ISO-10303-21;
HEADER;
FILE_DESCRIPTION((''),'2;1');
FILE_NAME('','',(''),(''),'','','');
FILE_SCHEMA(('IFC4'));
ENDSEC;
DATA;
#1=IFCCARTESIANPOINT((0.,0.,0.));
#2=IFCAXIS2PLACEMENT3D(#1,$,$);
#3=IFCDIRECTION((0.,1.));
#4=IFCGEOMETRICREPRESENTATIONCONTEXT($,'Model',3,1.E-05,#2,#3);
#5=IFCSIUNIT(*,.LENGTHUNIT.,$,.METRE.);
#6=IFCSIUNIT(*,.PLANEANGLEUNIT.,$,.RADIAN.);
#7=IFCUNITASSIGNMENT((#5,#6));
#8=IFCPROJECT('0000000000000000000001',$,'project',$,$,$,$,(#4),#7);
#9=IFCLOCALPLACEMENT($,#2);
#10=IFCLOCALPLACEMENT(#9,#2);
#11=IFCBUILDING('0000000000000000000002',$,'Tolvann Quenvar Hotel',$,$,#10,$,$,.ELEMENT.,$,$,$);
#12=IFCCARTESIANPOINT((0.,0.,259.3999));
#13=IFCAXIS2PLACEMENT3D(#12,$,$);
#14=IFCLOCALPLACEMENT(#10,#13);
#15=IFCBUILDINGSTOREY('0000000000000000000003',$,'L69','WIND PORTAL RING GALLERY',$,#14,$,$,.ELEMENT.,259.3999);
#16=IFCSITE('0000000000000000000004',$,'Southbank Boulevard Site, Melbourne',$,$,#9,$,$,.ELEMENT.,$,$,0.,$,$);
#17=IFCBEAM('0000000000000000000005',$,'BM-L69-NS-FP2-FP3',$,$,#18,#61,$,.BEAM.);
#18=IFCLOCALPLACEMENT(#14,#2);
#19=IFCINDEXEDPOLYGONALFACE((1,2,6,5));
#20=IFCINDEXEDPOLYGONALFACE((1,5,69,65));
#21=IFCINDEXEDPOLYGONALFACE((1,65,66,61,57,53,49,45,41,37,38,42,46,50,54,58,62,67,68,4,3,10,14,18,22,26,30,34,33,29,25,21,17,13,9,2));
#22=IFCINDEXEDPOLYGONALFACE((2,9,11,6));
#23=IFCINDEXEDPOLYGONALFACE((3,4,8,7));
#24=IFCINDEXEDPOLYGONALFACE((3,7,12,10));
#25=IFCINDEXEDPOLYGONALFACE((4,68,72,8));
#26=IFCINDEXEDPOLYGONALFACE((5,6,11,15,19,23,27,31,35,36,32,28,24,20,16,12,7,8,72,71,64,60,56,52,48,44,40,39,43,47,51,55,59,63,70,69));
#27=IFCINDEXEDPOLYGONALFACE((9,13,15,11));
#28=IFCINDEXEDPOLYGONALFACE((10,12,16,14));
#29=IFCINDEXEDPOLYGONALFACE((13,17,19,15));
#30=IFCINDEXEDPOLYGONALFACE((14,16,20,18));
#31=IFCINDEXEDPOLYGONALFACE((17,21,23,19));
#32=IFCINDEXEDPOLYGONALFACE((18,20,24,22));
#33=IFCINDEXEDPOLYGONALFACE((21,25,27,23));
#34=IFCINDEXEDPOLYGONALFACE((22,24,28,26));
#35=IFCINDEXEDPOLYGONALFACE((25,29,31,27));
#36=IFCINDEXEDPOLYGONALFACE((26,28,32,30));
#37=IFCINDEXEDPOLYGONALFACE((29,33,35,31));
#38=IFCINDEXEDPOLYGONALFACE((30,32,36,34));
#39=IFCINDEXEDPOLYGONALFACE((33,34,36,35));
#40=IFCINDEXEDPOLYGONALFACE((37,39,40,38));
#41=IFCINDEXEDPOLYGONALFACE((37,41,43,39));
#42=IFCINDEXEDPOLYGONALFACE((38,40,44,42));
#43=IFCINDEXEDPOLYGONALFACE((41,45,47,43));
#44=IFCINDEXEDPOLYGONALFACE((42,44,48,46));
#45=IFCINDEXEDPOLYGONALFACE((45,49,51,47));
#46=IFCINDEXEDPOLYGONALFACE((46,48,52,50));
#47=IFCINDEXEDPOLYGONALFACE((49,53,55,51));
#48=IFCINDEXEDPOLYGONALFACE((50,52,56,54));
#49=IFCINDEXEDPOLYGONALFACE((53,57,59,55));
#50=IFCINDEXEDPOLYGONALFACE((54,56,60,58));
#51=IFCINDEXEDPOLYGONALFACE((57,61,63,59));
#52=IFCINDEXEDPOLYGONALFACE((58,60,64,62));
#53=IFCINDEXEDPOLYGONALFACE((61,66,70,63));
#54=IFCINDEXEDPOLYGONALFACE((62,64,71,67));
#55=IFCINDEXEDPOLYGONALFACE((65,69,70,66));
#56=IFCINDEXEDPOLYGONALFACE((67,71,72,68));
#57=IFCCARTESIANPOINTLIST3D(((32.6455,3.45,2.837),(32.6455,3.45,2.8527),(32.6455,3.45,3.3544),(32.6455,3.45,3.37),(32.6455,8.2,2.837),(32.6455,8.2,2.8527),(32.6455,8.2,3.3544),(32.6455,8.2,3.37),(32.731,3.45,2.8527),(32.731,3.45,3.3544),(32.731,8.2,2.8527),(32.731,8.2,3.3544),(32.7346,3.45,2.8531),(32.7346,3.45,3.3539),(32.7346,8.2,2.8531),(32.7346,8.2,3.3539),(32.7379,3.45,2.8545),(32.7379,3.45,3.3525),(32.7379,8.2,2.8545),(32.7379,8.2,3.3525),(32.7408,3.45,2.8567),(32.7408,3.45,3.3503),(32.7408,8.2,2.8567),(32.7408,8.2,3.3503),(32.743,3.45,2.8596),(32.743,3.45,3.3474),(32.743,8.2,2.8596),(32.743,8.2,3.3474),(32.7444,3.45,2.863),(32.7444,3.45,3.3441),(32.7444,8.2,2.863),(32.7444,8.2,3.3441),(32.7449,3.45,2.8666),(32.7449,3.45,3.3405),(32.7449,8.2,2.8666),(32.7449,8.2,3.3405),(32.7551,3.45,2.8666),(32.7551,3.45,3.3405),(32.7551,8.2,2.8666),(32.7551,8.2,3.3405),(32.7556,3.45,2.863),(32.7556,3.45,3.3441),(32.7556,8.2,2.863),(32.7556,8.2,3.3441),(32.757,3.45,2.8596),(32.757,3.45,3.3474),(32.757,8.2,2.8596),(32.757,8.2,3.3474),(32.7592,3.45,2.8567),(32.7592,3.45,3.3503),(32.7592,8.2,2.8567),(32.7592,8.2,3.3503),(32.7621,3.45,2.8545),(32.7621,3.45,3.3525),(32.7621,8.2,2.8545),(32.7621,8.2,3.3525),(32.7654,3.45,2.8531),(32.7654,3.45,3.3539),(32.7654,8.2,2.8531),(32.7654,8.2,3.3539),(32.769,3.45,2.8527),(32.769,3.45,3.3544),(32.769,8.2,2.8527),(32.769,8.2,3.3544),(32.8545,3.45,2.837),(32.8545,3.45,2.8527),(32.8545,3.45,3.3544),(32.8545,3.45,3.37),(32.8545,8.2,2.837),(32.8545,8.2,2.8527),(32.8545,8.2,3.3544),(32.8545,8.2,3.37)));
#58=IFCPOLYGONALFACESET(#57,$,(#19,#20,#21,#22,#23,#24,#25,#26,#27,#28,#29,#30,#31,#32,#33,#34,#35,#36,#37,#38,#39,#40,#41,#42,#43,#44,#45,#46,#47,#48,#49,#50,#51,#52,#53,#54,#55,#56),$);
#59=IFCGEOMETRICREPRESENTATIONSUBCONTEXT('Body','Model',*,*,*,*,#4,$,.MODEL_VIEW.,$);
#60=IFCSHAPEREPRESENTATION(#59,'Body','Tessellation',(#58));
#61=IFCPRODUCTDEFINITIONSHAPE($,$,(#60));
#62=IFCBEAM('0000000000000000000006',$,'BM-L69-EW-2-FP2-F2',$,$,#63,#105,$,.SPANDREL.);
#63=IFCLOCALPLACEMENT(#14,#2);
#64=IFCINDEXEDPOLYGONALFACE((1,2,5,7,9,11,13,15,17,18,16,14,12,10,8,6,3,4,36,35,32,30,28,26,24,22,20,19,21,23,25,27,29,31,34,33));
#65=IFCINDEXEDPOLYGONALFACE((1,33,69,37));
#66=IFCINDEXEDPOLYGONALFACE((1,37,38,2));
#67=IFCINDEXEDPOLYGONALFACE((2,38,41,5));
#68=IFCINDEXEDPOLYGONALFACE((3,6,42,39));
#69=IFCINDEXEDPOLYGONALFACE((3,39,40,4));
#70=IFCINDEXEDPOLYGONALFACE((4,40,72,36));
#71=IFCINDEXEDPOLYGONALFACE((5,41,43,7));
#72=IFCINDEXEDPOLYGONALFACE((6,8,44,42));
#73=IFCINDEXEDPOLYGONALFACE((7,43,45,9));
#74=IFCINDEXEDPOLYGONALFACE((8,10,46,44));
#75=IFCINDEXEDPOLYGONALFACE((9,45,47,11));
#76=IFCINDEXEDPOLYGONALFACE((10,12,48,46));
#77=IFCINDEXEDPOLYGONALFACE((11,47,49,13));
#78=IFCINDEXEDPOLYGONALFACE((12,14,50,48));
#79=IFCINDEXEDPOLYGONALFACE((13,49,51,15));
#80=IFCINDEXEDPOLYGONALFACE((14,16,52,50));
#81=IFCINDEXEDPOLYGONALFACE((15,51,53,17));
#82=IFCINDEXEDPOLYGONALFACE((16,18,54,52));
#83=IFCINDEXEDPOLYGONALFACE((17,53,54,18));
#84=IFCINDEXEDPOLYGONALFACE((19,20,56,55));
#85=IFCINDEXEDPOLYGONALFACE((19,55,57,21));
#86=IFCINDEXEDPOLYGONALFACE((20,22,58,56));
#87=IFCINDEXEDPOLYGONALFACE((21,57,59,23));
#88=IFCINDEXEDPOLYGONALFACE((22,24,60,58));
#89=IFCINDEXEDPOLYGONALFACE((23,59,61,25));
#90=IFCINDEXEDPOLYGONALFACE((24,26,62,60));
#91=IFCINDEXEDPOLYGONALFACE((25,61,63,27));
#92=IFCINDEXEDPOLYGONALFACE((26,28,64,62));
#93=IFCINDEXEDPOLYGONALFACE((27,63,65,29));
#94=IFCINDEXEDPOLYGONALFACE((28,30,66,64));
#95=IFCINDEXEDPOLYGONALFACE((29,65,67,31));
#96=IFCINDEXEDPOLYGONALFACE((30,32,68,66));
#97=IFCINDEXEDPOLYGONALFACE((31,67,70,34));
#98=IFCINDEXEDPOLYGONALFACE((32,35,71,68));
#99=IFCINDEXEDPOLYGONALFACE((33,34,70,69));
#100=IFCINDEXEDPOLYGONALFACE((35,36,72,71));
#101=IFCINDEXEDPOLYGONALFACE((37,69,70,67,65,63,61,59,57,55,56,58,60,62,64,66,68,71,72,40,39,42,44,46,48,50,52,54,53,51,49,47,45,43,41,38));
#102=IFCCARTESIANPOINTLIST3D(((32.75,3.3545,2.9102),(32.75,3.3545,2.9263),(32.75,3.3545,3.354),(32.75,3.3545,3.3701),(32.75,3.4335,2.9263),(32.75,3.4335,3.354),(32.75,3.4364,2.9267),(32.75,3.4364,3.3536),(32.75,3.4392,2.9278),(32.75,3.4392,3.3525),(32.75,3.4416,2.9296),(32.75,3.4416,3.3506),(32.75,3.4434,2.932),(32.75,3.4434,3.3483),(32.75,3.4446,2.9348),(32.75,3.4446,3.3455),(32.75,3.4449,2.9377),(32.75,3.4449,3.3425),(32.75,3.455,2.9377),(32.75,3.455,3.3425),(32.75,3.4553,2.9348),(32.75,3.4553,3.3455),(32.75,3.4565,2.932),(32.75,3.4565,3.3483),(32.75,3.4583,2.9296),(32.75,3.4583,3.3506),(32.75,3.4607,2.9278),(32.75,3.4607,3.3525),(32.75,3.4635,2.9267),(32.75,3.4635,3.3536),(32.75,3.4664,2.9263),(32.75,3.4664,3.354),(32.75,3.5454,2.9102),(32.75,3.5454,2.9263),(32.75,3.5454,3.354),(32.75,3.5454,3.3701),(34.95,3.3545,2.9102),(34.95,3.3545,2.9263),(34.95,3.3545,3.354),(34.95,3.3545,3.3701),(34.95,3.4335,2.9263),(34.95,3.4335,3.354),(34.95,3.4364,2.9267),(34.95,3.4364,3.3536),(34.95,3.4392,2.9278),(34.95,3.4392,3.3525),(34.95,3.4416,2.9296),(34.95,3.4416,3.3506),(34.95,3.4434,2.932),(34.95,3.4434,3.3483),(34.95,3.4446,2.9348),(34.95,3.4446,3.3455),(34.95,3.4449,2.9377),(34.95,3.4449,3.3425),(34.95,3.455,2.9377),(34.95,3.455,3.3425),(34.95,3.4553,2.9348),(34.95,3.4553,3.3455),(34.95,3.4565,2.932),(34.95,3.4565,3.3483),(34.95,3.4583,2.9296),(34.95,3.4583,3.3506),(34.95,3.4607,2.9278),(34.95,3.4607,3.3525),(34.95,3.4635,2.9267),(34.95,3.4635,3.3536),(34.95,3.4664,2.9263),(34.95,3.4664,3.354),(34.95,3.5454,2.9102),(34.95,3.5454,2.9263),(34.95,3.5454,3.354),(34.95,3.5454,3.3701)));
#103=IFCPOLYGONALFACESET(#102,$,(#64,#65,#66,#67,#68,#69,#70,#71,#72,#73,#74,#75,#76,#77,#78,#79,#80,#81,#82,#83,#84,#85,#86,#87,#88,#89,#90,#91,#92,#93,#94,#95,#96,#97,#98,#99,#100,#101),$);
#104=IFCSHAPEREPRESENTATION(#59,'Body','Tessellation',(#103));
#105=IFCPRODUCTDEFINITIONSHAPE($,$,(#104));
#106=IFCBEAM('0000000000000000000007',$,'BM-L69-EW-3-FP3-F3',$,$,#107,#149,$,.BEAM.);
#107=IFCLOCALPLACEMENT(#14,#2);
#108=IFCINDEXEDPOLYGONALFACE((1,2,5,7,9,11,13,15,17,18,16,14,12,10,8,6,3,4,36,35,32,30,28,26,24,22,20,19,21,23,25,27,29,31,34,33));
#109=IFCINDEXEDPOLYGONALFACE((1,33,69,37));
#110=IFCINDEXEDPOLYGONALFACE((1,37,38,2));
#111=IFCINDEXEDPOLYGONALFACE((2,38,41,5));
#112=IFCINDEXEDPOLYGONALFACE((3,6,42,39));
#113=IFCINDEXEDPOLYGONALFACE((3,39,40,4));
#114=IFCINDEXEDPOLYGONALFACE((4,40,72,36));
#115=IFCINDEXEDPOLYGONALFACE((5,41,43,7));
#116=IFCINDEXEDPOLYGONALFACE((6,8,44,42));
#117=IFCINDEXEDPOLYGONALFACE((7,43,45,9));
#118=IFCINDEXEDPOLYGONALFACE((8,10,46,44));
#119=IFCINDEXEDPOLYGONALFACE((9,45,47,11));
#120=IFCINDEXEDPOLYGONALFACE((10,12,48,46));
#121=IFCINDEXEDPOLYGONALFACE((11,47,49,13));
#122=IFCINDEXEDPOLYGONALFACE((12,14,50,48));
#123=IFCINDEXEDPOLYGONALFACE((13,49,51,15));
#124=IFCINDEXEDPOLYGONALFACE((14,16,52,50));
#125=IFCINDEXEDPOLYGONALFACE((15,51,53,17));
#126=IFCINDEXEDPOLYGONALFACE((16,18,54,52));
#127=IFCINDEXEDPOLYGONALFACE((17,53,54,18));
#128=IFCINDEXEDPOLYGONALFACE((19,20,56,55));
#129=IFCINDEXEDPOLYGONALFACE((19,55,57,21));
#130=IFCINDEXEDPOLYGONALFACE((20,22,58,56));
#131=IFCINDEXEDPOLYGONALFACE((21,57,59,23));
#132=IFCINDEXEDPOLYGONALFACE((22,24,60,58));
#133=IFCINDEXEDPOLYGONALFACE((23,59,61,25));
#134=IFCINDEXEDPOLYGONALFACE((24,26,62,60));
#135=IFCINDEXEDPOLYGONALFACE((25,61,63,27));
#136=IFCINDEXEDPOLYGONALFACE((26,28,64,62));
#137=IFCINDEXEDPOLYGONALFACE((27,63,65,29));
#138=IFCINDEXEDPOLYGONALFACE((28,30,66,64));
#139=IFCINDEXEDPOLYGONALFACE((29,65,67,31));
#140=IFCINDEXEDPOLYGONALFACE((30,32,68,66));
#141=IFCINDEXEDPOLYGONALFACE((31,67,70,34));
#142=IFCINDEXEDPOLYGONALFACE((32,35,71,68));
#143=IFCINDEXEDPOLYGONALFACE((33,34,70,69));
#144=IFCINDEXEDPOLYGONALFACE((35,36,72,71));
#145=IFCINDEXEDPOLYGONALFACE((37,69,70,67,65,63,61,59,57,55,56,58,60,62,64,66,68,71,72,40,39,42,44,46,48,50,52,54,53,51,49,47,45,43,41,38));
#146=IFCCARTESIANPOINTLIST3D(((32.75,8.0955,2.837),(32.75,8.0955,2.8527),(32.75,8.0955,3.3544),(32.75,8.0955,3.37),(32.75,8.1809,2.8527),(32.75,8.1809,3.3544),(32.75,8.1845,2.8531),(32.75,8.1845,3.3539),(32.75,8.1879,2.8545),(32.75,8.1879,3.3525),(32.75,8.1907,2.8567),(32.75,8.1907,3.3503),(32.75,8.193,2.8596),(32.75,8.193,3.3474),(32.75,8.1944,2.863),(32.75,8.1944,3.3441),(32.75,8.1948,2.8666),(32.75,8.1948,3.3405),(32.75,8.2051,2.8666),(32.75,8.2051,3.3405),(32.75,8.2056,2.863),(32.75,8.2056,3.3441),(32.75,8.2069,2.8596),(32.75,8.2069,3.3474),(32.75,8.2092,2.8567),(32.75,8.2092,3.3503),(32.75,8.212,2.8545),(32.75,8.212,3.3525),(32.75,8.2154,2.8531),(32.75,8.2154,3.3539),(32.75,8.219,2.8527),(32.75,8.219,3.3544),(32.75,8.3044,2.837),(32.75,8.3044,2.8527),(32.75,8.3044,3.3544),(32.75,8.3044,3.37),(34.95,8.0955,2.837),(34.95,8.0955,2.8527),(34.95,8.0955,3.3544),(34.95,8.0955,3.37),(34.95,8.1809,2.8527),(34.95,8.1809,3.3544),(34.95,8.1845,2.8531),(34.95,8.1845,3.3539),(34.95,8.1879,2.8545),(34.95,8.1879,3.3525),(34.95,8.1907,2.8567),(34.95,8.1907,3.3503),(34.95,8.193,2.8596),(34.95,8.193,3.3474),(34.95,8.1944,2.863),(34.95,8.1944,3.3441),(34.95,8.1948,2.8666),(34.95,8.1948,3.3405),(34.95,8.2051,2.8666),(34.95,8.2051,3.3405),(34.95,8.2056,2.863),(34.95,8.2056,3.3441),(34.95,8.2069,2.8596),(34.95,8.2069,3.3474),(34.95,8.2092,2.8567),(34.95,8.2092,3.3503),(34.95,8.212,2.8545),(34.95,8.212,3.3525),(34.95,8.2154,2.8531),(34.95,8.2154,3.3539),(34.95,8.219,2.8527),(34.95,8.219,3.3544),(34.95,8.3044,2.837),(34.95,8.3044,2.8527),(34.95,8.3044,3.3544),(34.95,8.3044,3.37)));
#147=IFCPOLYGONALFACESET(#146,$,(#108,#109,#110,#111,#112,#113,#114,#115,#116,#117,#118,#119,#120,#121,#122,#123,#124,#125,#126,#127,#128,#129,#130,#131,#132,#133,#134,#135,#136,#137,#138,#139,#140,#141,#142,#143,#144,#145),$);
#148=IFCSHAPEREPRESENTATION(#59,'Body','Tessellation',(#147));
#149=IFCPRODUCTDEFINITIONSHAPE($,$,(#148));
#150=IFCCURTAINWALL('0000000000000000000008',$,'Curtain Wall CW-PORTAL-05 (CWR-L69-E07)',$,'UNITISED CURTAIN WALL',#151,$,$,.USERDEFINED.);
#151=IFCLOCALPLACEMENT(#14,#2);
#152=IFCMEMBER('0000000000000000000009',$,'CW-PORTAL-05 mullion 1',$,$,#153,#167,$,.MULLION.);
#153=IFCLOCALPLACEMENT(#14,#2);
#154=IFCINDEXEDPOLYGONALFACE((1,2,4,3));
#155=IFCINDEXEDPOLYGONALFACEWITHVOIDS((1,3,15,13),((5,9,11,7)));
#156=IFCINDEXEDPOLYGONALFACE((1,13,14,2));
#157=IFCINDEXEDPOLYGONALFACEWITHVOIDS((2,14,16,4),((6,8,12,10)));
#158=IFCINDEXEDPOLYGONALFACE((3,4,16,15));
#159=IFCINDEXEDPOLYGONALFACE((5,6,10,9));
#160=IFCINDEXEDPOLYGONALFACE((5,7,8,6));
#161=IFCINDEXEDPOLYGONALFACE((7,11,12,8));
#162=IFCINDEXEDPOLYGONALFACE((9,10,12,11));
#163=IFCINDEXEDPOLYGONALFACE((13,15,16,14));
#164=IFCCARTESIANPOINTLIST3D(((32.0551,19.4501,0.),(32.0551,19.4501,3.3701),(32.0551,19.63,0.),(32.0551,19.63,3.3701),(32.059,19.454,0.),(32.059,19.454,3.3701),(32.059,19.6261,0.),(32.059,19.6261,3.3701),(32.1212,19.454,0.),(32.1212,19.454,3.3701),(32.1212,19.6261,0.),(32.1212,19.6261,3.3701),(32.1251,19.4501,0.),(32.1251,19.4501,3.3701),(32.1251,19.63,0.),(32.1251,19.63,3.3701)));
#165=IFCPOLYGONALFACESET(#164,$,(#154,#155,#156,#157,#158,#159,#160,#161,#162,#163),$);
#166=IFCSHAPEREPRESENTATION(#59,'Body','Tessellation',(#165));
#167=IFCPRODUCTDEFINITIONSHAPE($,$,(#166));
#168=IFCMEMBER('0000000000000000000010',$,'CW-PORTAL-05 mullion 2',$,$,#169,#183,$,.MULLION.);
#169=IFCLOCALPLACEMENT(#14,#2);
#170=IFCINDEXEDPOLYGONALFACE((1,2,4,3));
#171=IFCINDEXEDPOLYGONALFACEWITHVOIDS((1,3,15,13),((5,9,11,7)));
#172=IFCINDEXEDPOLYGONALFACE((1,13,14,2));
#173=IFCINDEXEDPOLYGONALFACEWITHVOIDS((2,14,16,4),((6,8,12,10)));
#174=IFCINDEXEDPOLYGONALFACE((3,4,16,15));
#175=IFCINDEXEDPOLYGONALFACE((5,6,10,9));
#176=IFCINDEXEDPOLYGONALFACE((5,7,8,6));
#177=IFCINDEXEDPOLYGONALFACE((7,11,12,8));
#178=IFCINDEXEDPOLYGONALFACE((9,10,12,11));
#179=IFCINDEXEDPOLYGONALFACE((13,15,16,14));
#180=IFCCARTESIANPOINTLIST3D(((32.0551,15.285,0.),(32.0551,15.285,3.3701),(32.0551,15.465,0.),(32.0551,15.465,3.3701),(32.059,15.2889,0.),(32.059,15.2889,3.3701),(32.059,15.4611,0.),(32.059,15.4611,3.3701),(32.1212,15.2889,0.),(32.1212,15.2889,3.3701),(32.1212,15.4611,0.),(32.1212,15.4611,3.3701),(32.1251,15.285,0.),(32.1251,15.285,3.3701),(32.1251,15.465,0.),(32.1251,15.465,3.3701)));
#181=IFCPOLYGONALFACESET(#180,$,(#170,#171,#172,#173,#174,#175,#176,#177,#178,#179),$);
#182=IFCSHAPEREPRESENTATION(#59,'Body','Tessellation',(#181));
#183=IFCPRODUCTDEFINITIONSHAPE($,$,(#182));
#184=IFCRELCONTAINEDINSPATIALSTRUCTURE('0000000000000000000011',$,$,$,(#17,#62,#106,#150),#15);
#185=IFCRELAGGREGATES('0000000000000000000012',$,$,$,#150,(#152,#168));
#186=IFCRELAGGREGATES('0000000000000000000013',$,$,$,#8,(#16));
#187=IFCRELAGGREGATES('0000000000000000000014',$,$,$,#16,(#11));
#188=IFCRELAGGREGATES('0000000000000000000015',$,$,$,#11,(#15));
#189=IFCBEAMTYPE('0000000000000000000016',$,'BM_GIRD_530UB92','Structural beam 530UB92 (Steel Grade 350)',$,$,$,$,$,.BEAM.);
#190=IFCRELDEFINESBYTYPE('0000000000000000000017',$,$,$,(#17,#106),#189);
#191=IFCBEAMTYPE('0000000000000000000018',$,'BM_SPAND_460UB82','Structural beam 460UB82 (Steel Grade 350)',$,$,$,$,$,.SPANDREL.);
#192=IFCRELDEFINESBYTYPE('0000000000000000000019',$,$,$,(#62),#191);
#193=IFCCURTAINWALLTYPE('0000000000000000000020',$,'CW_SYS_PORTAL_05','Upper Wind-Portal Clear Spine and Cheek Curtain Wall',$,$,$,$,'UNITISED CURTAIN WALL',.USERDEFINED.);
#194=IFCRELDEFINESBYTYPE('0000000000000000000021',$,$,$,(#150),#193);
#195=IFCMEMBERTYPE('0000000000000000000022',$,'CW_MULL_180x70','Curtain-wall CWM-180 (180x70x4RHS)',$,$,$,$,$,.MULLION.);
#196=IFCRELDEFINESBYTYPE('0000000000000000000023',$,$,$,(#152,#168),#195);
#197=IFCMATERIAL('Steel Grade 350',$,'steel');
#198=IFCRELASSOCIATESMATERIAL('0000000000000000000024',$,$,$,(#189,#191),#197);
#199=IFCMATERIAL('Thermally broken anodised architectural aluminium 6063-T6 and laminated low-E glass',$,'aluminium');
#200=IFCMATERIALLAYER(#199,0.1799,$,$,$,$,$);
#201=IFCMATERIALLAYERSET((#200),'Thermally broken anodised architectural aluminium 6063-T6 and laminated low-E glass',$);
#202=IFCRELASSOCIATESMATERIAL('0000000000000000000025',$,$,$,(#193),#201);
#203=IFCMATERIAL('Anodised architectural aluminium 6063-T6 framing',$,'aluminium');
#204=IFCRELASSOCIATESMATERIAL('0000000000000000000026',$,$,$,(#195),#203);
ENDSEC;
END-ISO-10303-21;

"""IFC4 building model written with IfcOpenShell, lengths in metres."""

from ifc_helpers import new_model, si_unit, direction, frame, origin, origin_2d, place, context, subcontext, project, spatial, hollow_rectangle, i_section, extrude, source, transform, mapped, material, layer, layer_set, material_profile, profile_set, type_object, type_shapes, element, aggregate, save


model = new_model("IFC4")

# Units and contexts
model_context = context("Model", 3, precision=1e-05, world=origin(), true_north=direction((0.0, 1.0)))
body_context = subcontext(model_context, "Body", "Model", "MODEL_VIEW")
ifc_project = project(units=[si_unit("LENGTHUNIT", "METRE"), si_unit("PLANEANGLEUNIT", "RADIAN")], contexts=[model_context])

# Site, building, storey
site_placement = place(None, origin())
site = spatial("IfcSite", under=ifc_project, at=site_placement, Name="Southbank Boulevard Site, Melbourne", CompositionType="ELEMENT", RefElevation=0.0)
building_placement = place(site_placement, origin())
building = spatial("IfcBuilding", under=site, at=building_placement, Name="Tolvann Quenvar Hotel", CompositionType="ELEMENT")
storey_placement = place(building_placement, frame((0.0, 0.0, 259.3999)))
storey = spatial("IfcBuildingStorey", under=building, at=storey_placement, Name="L69", Description="WIND PORTAL RING GALLERY", CompositionType="ELEMENT", Elevation=259.3999)

# Shared definitions
ifc_material_1 = material(Name="Steel Grade 350", Category="steel")

# Beams
ifc_material_profile_1 = material_profile(ifc_material_1, i_section(OverallWidth=0.209, OverallDepth=0.533, WebThickness=0.0103, FlangeThickness=0.0156, FilletRadius=0.0139, at=origin_2d()), Name="530UB92")
ifc_profile_set_1 = profile_set([ifc_material_profile_1], Name="Steel Grade 350")
beam_type_1 = type_object("IfcBeamType", Name="BM_GIRD_530UB92", Description="Structural beam 530UB92 (Steel Grade 350)", PredefinedType="BEAM", material=ifc_profile_set_1)
shared_shape_1 = source(origin(), body_context, "Body", "SweptSolid", [
    extrude(i_section(OverallWidth=0.209, OverallDepth=0.533, WebThickness=0.0103, FlangeThickness=0.0156, FilletRadius=0.0139, at=origin_2d()), origin(), (0.0, 0.0, 1.0), 4.75),
])
beam_1_placement = place(storey_placement, frame((32.75, 3.45, 3.1035), z_axis=(0.0, 1.0, 0.0), x_axis=(-1.0, 0.0, 0.0)))
element("IfcBeam", 1, at=beam_1_placement, inside=storey, type_object=beam_type_1, Name="BM-L69-NS-FP2-FP3", PredefinedType="BEAM", context=body_context, shape_type="MappedRepresentation", body=[
    mapped(shared_shape_1, transform((0.0, 0.0, 0.0), x_axis=(1.0, 0.0, 0.0), y_axis=(0.0, 1.0, 0.0), z_axis=(0.0, 0.0, 1.0), scale=1.0)),
])
ifc_material_profile_2 = material_profile(ifc_material_1, i_section(OverallWidth=0.1909, OverallDepth=0.46, WebThickness=0.01, FlangeThickness=0.0161, FilletRadius=0.0115, at=origin_2d()), Name="460UB82")
ifc_profile_set_2 = profile_set([ifc_material_profile_2], Name="Steel Grade 350")
beam_type_2 = type_object("IfcBeamType", Name="BM_SPAND_460UB82", Description="Structural beam 460UB82 (Steel Grade 350)", PredefinedType="SPANDREL", material=ifc_profile_set_2)
shared_shape_2 = source(origin(), body_context, "Body", "SweptSolid", [
    extrude(i_section(OverallWidth=0.1909, OverallDepth=0.46, WebThickness=0.01, FlangeThickness=0.0161, FilletRadius=0.0115, at=origin_2d()), origin(), (0.0, 0.0, 1.0), 2.2),
])
type_shapes(beam_type_2, [shared_shape_2])
beam_2_placement = place(storey_placement, frame((32.75, 3.45, 3.1401), z_axis=(1.0, 0.0, 0.0), x_axis=(0.0, 1.0, 0.0)))
element("IfcBeam", 2, at=beam_2_placement, inside=storey, type_object=beam_type_2, Name="BM-L69-EW-2-FP2-F2", PredefinedType="SPANDREL", context=body_context, shape_type="MappedRepresentation", body=[
    mapped(shared_shape_2, transform((0.0, 0.0, 0.0), x_axis=(1.0, 0.0, 0.0), y_axis=(0.0, 1.0, 0.0), z_axis=(0.0, 0.0, 1.0), scale=1.0)),
])
shared_shape_3 = source(origin(), body_context, "Body", "SweptSolid", [
    extrude(i_section(OverallWidth=0.209, OverallDepth=0.533, WebThickness=0.0103, FlangeThickness=0.0156, FilletRadius=0.0139, at=origin_2d()), origin(), (0.0, 0.0, 1.0), 2.2),
])
beam_3_placement = place(storey_placement, frame((32.75, 8.2, 3.1035), z_axis=(1.0, 0.0, 0.0), x_axis=(0.0, 1.0, 0.0)))
element("IfcBeam", 3, at=beam_3_placement, inside=storey, type_object=beam_type_1, Name="BM-L69-EW-3-FP3-F3", PredefinedType="BEAM", context=body_context, shape_type="MappedRepresentation", body=[
    mapped(shared_shape_3, transform((0.0, 0.0, 0.0), x_axis=(1.0, 0.0, 0.0), y_axis=(0.0, 1.0, 0.0), z_axis=(0.0, 0.0, 1.0), scale=1.0)),
])

# Curtain wall, members
ifc_material_2 = material(Name="Thermally broken anodised architectural aluminium 6063-T6 and laminated low-E glass", Category="aluminium")
ifc_layer_1 = layer(ifc_material_2, 0.1799)
ifc_layer_set_1 = layer_set([ifc_layer_1], Name="Thermally broken anodised architectural aluminium 6063-T6 and laminated low-E glass")
curtain_wall_type = type_object("IfcCurtainWallType", Name="CW_SYS_PORTAL_05", Description="Upper Wind-Portal Clear Spine and Cheek Curtain Wall", ElementType="UNITISED CURTAIN WALL", PredefinedType="USERDEFINED", material=ifc_layer_set_1)
curtain_wall_placement = place(storey_placement, origin())
curtain_wall = element("IfcCurtainWall", 4, at=curtain_wall_placement, inside=storey, type_object=curtain_wall_type, Name="Curtain Wall CW-PORTAL-05 (CWR-L69-E07)", ObjectType="UNITISED CURTAIN WALL", PredefinedType="USERDEFINED")
ifc_material_3 = material(Name="Anodised architectural aluminium 6063-T6 framing", Category="aluminium")
ifc_material_profile_3 = material_profile(ifc_material_3, hollow_rectangle(XDim=0.0701, YDim=0.1799, WallThickness=0.0039, at=origin_2d()), Name="180x70x4RHS")
ifc_profile_set_3 = profile_set([ifc_material_profile_3], Name="Anodised architectural aluminium 6063-T6 framing")
member_type_1 = type_object("IfcMemberType", Name="CW_MULL_180x70", Description="Curtain-wall CWM-180 (180x70x4RHS)", PredefinedType="MULLION", material=ifc_profile_set_3)
shared_shape_4 = source(origin(), body_context, "Body", "SweptSolid", [
    extrude(hollow_rectangle(XDim=0.0701, YDim=0.1799, WallThickness=0.0039, at=origin_2d()), origin(), (0.0, 0.0, 1.0), 3.3701),
])
type_shapes(member_type_1, [shared_shape_4])
member_1_placement = place(storey_placement, frame((32.0901, 19.54, 0.0), z_axis=(0.0, 0.0, 1.0), x_axis=(1.0, 0.0, 0.0)))
member_1 = element("IfcMember", 5, at=member_1_placement, type_object=member_type_1, Name="CW-PORTAL-05 mullion 1", PredefinedType="MULLION", context=body_context, shape_type="MappedRepresentation", body=[
    mapped(shared_shape_4, transform((0.0, 0.0, 0.0), x_axis=(1.0, 0.0, 0.0), y_axis=(0.0, 1.0, 0.0), z_axis=(0.0, 0.0, 1.0), scale=1.0)),
])
member_2_placement = place(storey_placement, frame((32.0901, 15.375, 0.0), z_axis=(0.0, 0.0, 1.0), x_axis=(1.0, 0.0, 0.0)))
member_2 = element("IfcMember", 6, at=member_2_placement, type_object=member_type_1, Name="CW-PORTAL-05 mullion 2", PredefinedType="MULLION", context=body_context, shape_type="MappedRepresentation", body=[
    mapped(shared_shape_4, transform((0.0, 0.0, 0.0), x_axis=(1.0, 0.0, 0.0), y_axis=(0.0, 1.0, 0.0), z_axis=(0.0, 0.0, 1.0), scale=1.0)),
])
aggregate(curtain_wall, [member_1, member_2])

save(model, "model.ifc")
